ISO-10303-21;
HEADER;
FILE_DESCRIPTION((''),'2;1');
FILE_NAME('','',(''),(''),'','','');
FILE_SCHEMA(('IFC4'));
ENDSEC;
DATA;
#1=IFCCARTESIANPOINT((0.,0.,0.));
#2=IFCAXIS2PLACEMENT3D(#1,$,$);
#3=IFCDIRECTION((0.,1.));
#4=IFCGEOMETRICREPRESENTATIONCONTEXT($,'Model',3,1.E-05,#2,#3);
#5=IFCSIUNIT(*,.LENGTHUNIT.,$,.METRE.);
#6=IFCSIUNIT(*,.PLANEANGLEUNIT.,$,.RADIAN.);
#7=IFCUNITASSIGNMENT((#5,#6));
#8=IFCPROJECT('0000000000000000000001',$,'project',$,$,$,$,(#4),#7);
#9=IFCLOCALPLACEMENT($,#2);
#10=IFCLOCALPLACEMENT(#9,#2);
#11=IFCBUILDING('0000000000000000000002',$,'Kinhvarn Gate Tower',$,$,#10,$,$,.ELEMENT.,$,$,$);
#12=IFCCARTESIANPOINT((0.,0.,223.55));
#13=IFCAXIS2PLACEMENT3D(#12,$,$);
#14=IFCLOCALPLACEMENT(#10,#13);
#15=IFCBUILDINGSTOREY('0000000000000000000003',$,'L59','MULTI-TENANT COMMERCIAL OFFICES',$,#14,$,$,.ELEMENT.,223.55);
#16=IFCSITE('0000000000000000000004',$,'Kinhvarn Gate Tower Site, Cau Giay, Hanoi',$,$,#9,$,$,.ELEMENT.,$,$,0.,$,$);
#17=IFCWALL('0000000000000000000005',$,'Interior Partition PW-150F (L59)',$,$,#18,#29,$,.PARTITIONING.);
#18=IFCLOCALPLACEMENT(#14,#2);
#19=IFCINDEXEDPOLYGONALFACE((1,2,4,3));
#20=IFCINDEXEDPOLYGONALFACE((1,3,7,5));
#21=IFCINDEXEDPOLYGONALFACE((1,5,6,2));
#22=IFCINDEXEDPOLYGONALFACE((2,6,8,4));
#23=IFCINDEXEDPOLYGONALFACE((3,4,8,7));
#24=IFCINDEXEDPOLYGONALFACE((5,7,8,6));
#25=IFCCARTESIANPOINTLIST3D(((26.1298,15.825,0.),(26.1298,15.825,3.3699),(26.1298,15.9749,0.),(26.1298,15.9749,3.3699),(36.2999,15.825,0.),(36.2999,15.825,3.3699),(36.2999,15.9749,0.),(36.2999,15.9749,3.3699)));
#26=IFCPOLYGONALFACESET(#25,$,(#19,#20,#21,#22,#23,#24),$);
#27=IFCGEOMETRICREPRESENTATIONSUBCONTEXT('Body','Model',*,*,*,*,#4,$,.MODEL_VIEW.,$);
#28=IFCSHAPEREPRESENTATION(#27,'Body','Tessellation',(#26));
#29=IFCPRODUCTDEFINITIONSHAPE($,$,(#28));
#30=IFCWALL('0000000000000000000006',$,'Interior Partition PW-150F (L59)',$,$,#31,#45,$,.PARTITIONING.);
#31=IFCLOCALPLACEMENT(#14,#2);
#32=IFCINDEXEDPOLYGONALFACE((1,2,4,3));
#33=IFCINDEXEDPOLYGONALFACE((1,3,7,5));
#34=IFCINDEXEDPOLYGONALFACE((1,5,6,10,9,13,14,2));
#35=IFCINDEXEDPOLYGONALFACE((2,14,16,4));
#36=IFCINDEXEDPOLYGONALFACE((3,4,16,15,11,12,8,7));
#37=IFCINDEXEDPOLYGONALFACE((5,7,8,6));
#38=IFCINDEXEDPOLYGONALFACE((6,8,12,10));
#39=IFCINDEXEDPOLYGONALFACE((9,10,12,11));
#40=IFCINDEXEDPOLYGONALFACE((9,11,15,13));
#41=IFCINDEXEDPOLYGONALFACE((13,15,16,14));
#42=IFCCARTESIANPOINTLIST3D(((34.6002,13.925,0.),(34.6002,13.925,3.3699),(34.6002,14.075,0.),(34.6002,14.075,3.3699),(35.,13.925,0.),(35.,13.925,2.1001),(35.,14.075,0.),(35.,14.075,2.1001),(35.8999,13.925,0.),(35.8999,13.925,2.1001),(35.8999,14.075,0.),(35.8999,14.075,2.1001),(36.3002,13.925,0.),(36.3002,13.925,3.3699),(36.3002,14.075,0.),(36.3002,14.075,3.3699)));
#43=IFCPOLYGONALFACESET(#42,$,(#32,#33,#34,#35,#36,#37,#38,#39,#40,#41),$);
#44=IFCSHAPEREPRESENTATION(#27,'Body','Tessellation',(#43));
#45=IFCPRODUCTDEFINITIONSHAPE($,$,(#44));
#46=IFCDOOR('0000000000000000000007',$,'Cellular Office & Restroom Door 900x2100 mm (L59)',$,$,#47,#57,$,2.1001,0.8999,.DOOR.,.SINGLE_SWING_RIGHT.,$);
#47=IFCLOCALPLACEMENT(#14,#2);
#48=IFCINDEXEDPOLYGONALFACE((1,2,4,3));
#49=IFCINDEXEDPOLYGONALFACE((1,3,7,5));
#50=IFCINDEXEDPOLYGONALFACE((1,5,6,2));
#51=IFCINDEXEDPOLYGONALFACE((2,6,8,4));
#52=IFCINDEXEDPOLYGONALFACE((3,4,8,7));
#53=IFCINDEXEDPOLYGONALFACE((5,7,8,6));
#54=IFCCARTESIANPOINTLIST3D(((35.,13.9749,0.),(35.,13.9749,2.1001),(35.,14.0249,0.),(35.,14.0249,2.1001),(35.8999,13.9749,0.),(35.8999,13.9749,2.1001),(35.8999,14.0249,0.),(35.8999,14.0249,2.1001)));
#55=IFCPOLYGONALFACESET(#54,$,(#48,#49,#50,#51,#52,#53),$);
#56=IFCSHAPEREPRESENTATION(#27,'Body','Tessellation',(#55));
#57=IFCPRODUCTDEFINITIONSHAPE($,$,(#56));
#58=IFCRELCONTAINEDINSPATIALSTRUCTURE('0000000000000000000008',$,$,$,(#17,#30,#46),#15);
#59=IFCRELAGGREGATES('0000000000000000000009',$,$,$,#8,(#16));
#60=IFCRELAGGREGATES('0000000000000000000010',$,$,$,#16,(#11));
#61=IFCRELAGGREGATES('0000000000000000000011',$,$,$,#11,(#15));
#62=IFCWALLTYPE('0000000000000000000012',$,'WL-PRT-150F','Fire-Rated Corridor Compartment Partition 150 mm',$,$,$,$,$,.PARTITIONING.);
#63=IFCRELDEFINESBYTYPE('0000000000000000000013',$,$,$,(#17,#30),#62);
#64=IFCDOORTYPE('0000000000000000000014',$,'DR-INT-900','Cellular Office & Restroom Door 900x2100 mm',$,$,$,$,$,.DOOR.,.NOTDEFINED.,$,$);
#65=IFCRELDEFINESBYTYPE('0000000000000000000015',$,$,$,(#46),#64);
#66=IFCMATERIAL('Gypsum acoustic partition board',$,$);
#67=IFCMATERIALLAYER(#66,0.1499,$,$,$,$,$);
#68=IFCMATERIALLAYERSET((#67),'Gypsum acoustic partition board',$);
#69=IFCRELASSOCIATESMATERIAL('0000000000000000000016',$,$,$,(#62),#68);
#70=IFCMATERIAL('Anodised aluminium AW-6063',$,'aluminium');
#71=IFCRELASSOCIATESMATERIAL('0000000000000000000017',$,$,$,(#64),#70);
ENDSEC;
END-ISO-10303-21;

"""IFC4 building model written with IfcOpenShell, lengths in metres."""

from ifc_helpers import new_model, si_unit, direction, frame, frame_2d, origin, place, context, subcontext, project, spatial, rectangle, extrude, material, layer, layer_set, type_object, element, fill, save


model = new_model("IFC4")

# Units and contexts
model_context = context("Model", 3, precision=1e-05, world=origin(), true_north=direction((0.0, 1.0)))
body_context = subcontext(model_context, "Body", "Model", "MODEL_VIEW")
ifc_project = project(units=[si_unit("LENGTHUNIT", "METRE"), si_unit("PLANEANGLEUNIT", "RADIAN")], contexts=[model_context])

# Site, building, storey
site_placement = place(None, origin())
site = spatial("IfcSite", under=ifc_project, at=site_placement, Name="Kinhvarn Gate Tower Site, Cau Giay, Hanoi", CompositionType="ELEMENT", RefElevation=0.0)
building_placement = place(site_placement, origin())
building = spatial("IfcBuilding", under=site, at=building_placement, Name="Kinhvarn Gate Tower", CompositionType="ELEMENT")
storey_placement = place(building_placement, frame((0.0, 0.0, 223.55)))
storey = spatial("IfcBuildingStorey", under=building, at=storey_placement, Name="L59", Description="MULTI-TENANT COMMERCIAL OFFICES", CompositionType="ELEMENT", Elevation=223.55)

# Shared definitions
ifc_material_1 = material(Name="Gypsum acoustic partition board")
ifc_layer_1 = layer(ifc_material_1, 0.1499)
ifc_layer_set_1 = layer_set([ifc_layer_1], Name="Gypsum acoustic partition board")
wall_type_1 = type_object("IfcWallType", Name="WL-PRT-150F", Description="Fire-Rated Corridor Compartment Partition 150 mm", PredefinedType="PARTITIONING", material=ifc_layer_set_1)

# Shared definitions
ifc_material_2 = material(Name="Anodised aluminium AW-6063", Category="aluminium")

# Wall
wall_1_placement = place(storey_placement, frame((26.1299, 15.8999, 0.0), z_axis=(0.0, 0.0, 1.0), x_axis=(1.0, 0.0, 0.0)))
element("IfcWall", 1, at=wall_1_placement, inside=storey, type_object=wall_type_1, Name="Interior Partition PW-150F (L59)", PredefinedType="PARTITIONING", context=body_context, shape_type="SweptSolid", body=[
    extrude(rectangle(XDim=10.1702, YDim=0.1499, at=frame_2d((5.085, 0.0))), origin(), (0.0, 0.0, 1.0), 3.3699),
])

# Wall, opening, door
wall_2_placement = place(storey_placement, frame((34.6001, 14.0, 0.0), z_axis=(0.0, 0.0, 1.0), x_axis=(1.0, 0.0, 0.0)))
wall_2 = element("IfcWall", 2, at=wall_2_placement, inside=storey, type_object=wall_type_1, Name="Interior Partition PW-150F (L59)", PredefinedType="PARTITIONING", context=body_context, shape_type="SweptSolid", body=[
    extrude(rectangle(XDim=1.7, YDim=0.1499, at=frame_2d((0.8501, 0.0))), origin(), (0.0, 0.0, 1.0), 3.3699),
])
opening_1_placement = place(wall_2_placement, frame((0.3999, 0.0, 0.0)))
opening_1 = element("IfcOpeningElement", 3, at=opening_1_placement, cuts=wall_2, PredefinedType="OPENING", context=body_context, shape_type="SweptSolid", body=[
    extrude(rectangle(XDim=0.8999, YDim=2.1001, at=frame_2d((0.45, 1.05))), frame((0.0, 0.085, 0.0), z_axis=(0.0, -1.0, 0.0), x_axis=(1.0, 0.0, 0.0)), (0.0, 0.0, 1.0), 0.1699),
])
door_type_1 = type_object("IfcDoorType", Name="DR-INT-900", Description="Cellular Office & Restroom Door 900x2100 mm", OperationType="NOTDEFINED", PredefinedType="DOOR", material=ifc_material_2)
door_1_placement = place(opening_1_placement, origin())
door_1 = element("IfcDoor", 4, at=door_1_placement, inside=storey, type_object=door_type_1, Name="Cellular Office & Restroom Door 900x2100 mm (L59)", OperationType="SINGLE_SWING_RIGHT", OverallHeight=2.1001, OverallWidth=0.8999, PredefinedType="DOOR", context=body_context, shape_type="SweptSolid", body=[
    extrude(rectangle(XDim=0.8999, YDim=2.1001, at=frame_2d((0.45, 1.05))), frame((0.0, 0.0249, 0.0), z_axis=(0.0, -1.0, 0.0), x_axis=(1.0, 0.0, 0.0)), (0.0, 0.0, 1.0), 0.05),
])
fill(opening_1, door_1)

save(model, "model.ifc")
